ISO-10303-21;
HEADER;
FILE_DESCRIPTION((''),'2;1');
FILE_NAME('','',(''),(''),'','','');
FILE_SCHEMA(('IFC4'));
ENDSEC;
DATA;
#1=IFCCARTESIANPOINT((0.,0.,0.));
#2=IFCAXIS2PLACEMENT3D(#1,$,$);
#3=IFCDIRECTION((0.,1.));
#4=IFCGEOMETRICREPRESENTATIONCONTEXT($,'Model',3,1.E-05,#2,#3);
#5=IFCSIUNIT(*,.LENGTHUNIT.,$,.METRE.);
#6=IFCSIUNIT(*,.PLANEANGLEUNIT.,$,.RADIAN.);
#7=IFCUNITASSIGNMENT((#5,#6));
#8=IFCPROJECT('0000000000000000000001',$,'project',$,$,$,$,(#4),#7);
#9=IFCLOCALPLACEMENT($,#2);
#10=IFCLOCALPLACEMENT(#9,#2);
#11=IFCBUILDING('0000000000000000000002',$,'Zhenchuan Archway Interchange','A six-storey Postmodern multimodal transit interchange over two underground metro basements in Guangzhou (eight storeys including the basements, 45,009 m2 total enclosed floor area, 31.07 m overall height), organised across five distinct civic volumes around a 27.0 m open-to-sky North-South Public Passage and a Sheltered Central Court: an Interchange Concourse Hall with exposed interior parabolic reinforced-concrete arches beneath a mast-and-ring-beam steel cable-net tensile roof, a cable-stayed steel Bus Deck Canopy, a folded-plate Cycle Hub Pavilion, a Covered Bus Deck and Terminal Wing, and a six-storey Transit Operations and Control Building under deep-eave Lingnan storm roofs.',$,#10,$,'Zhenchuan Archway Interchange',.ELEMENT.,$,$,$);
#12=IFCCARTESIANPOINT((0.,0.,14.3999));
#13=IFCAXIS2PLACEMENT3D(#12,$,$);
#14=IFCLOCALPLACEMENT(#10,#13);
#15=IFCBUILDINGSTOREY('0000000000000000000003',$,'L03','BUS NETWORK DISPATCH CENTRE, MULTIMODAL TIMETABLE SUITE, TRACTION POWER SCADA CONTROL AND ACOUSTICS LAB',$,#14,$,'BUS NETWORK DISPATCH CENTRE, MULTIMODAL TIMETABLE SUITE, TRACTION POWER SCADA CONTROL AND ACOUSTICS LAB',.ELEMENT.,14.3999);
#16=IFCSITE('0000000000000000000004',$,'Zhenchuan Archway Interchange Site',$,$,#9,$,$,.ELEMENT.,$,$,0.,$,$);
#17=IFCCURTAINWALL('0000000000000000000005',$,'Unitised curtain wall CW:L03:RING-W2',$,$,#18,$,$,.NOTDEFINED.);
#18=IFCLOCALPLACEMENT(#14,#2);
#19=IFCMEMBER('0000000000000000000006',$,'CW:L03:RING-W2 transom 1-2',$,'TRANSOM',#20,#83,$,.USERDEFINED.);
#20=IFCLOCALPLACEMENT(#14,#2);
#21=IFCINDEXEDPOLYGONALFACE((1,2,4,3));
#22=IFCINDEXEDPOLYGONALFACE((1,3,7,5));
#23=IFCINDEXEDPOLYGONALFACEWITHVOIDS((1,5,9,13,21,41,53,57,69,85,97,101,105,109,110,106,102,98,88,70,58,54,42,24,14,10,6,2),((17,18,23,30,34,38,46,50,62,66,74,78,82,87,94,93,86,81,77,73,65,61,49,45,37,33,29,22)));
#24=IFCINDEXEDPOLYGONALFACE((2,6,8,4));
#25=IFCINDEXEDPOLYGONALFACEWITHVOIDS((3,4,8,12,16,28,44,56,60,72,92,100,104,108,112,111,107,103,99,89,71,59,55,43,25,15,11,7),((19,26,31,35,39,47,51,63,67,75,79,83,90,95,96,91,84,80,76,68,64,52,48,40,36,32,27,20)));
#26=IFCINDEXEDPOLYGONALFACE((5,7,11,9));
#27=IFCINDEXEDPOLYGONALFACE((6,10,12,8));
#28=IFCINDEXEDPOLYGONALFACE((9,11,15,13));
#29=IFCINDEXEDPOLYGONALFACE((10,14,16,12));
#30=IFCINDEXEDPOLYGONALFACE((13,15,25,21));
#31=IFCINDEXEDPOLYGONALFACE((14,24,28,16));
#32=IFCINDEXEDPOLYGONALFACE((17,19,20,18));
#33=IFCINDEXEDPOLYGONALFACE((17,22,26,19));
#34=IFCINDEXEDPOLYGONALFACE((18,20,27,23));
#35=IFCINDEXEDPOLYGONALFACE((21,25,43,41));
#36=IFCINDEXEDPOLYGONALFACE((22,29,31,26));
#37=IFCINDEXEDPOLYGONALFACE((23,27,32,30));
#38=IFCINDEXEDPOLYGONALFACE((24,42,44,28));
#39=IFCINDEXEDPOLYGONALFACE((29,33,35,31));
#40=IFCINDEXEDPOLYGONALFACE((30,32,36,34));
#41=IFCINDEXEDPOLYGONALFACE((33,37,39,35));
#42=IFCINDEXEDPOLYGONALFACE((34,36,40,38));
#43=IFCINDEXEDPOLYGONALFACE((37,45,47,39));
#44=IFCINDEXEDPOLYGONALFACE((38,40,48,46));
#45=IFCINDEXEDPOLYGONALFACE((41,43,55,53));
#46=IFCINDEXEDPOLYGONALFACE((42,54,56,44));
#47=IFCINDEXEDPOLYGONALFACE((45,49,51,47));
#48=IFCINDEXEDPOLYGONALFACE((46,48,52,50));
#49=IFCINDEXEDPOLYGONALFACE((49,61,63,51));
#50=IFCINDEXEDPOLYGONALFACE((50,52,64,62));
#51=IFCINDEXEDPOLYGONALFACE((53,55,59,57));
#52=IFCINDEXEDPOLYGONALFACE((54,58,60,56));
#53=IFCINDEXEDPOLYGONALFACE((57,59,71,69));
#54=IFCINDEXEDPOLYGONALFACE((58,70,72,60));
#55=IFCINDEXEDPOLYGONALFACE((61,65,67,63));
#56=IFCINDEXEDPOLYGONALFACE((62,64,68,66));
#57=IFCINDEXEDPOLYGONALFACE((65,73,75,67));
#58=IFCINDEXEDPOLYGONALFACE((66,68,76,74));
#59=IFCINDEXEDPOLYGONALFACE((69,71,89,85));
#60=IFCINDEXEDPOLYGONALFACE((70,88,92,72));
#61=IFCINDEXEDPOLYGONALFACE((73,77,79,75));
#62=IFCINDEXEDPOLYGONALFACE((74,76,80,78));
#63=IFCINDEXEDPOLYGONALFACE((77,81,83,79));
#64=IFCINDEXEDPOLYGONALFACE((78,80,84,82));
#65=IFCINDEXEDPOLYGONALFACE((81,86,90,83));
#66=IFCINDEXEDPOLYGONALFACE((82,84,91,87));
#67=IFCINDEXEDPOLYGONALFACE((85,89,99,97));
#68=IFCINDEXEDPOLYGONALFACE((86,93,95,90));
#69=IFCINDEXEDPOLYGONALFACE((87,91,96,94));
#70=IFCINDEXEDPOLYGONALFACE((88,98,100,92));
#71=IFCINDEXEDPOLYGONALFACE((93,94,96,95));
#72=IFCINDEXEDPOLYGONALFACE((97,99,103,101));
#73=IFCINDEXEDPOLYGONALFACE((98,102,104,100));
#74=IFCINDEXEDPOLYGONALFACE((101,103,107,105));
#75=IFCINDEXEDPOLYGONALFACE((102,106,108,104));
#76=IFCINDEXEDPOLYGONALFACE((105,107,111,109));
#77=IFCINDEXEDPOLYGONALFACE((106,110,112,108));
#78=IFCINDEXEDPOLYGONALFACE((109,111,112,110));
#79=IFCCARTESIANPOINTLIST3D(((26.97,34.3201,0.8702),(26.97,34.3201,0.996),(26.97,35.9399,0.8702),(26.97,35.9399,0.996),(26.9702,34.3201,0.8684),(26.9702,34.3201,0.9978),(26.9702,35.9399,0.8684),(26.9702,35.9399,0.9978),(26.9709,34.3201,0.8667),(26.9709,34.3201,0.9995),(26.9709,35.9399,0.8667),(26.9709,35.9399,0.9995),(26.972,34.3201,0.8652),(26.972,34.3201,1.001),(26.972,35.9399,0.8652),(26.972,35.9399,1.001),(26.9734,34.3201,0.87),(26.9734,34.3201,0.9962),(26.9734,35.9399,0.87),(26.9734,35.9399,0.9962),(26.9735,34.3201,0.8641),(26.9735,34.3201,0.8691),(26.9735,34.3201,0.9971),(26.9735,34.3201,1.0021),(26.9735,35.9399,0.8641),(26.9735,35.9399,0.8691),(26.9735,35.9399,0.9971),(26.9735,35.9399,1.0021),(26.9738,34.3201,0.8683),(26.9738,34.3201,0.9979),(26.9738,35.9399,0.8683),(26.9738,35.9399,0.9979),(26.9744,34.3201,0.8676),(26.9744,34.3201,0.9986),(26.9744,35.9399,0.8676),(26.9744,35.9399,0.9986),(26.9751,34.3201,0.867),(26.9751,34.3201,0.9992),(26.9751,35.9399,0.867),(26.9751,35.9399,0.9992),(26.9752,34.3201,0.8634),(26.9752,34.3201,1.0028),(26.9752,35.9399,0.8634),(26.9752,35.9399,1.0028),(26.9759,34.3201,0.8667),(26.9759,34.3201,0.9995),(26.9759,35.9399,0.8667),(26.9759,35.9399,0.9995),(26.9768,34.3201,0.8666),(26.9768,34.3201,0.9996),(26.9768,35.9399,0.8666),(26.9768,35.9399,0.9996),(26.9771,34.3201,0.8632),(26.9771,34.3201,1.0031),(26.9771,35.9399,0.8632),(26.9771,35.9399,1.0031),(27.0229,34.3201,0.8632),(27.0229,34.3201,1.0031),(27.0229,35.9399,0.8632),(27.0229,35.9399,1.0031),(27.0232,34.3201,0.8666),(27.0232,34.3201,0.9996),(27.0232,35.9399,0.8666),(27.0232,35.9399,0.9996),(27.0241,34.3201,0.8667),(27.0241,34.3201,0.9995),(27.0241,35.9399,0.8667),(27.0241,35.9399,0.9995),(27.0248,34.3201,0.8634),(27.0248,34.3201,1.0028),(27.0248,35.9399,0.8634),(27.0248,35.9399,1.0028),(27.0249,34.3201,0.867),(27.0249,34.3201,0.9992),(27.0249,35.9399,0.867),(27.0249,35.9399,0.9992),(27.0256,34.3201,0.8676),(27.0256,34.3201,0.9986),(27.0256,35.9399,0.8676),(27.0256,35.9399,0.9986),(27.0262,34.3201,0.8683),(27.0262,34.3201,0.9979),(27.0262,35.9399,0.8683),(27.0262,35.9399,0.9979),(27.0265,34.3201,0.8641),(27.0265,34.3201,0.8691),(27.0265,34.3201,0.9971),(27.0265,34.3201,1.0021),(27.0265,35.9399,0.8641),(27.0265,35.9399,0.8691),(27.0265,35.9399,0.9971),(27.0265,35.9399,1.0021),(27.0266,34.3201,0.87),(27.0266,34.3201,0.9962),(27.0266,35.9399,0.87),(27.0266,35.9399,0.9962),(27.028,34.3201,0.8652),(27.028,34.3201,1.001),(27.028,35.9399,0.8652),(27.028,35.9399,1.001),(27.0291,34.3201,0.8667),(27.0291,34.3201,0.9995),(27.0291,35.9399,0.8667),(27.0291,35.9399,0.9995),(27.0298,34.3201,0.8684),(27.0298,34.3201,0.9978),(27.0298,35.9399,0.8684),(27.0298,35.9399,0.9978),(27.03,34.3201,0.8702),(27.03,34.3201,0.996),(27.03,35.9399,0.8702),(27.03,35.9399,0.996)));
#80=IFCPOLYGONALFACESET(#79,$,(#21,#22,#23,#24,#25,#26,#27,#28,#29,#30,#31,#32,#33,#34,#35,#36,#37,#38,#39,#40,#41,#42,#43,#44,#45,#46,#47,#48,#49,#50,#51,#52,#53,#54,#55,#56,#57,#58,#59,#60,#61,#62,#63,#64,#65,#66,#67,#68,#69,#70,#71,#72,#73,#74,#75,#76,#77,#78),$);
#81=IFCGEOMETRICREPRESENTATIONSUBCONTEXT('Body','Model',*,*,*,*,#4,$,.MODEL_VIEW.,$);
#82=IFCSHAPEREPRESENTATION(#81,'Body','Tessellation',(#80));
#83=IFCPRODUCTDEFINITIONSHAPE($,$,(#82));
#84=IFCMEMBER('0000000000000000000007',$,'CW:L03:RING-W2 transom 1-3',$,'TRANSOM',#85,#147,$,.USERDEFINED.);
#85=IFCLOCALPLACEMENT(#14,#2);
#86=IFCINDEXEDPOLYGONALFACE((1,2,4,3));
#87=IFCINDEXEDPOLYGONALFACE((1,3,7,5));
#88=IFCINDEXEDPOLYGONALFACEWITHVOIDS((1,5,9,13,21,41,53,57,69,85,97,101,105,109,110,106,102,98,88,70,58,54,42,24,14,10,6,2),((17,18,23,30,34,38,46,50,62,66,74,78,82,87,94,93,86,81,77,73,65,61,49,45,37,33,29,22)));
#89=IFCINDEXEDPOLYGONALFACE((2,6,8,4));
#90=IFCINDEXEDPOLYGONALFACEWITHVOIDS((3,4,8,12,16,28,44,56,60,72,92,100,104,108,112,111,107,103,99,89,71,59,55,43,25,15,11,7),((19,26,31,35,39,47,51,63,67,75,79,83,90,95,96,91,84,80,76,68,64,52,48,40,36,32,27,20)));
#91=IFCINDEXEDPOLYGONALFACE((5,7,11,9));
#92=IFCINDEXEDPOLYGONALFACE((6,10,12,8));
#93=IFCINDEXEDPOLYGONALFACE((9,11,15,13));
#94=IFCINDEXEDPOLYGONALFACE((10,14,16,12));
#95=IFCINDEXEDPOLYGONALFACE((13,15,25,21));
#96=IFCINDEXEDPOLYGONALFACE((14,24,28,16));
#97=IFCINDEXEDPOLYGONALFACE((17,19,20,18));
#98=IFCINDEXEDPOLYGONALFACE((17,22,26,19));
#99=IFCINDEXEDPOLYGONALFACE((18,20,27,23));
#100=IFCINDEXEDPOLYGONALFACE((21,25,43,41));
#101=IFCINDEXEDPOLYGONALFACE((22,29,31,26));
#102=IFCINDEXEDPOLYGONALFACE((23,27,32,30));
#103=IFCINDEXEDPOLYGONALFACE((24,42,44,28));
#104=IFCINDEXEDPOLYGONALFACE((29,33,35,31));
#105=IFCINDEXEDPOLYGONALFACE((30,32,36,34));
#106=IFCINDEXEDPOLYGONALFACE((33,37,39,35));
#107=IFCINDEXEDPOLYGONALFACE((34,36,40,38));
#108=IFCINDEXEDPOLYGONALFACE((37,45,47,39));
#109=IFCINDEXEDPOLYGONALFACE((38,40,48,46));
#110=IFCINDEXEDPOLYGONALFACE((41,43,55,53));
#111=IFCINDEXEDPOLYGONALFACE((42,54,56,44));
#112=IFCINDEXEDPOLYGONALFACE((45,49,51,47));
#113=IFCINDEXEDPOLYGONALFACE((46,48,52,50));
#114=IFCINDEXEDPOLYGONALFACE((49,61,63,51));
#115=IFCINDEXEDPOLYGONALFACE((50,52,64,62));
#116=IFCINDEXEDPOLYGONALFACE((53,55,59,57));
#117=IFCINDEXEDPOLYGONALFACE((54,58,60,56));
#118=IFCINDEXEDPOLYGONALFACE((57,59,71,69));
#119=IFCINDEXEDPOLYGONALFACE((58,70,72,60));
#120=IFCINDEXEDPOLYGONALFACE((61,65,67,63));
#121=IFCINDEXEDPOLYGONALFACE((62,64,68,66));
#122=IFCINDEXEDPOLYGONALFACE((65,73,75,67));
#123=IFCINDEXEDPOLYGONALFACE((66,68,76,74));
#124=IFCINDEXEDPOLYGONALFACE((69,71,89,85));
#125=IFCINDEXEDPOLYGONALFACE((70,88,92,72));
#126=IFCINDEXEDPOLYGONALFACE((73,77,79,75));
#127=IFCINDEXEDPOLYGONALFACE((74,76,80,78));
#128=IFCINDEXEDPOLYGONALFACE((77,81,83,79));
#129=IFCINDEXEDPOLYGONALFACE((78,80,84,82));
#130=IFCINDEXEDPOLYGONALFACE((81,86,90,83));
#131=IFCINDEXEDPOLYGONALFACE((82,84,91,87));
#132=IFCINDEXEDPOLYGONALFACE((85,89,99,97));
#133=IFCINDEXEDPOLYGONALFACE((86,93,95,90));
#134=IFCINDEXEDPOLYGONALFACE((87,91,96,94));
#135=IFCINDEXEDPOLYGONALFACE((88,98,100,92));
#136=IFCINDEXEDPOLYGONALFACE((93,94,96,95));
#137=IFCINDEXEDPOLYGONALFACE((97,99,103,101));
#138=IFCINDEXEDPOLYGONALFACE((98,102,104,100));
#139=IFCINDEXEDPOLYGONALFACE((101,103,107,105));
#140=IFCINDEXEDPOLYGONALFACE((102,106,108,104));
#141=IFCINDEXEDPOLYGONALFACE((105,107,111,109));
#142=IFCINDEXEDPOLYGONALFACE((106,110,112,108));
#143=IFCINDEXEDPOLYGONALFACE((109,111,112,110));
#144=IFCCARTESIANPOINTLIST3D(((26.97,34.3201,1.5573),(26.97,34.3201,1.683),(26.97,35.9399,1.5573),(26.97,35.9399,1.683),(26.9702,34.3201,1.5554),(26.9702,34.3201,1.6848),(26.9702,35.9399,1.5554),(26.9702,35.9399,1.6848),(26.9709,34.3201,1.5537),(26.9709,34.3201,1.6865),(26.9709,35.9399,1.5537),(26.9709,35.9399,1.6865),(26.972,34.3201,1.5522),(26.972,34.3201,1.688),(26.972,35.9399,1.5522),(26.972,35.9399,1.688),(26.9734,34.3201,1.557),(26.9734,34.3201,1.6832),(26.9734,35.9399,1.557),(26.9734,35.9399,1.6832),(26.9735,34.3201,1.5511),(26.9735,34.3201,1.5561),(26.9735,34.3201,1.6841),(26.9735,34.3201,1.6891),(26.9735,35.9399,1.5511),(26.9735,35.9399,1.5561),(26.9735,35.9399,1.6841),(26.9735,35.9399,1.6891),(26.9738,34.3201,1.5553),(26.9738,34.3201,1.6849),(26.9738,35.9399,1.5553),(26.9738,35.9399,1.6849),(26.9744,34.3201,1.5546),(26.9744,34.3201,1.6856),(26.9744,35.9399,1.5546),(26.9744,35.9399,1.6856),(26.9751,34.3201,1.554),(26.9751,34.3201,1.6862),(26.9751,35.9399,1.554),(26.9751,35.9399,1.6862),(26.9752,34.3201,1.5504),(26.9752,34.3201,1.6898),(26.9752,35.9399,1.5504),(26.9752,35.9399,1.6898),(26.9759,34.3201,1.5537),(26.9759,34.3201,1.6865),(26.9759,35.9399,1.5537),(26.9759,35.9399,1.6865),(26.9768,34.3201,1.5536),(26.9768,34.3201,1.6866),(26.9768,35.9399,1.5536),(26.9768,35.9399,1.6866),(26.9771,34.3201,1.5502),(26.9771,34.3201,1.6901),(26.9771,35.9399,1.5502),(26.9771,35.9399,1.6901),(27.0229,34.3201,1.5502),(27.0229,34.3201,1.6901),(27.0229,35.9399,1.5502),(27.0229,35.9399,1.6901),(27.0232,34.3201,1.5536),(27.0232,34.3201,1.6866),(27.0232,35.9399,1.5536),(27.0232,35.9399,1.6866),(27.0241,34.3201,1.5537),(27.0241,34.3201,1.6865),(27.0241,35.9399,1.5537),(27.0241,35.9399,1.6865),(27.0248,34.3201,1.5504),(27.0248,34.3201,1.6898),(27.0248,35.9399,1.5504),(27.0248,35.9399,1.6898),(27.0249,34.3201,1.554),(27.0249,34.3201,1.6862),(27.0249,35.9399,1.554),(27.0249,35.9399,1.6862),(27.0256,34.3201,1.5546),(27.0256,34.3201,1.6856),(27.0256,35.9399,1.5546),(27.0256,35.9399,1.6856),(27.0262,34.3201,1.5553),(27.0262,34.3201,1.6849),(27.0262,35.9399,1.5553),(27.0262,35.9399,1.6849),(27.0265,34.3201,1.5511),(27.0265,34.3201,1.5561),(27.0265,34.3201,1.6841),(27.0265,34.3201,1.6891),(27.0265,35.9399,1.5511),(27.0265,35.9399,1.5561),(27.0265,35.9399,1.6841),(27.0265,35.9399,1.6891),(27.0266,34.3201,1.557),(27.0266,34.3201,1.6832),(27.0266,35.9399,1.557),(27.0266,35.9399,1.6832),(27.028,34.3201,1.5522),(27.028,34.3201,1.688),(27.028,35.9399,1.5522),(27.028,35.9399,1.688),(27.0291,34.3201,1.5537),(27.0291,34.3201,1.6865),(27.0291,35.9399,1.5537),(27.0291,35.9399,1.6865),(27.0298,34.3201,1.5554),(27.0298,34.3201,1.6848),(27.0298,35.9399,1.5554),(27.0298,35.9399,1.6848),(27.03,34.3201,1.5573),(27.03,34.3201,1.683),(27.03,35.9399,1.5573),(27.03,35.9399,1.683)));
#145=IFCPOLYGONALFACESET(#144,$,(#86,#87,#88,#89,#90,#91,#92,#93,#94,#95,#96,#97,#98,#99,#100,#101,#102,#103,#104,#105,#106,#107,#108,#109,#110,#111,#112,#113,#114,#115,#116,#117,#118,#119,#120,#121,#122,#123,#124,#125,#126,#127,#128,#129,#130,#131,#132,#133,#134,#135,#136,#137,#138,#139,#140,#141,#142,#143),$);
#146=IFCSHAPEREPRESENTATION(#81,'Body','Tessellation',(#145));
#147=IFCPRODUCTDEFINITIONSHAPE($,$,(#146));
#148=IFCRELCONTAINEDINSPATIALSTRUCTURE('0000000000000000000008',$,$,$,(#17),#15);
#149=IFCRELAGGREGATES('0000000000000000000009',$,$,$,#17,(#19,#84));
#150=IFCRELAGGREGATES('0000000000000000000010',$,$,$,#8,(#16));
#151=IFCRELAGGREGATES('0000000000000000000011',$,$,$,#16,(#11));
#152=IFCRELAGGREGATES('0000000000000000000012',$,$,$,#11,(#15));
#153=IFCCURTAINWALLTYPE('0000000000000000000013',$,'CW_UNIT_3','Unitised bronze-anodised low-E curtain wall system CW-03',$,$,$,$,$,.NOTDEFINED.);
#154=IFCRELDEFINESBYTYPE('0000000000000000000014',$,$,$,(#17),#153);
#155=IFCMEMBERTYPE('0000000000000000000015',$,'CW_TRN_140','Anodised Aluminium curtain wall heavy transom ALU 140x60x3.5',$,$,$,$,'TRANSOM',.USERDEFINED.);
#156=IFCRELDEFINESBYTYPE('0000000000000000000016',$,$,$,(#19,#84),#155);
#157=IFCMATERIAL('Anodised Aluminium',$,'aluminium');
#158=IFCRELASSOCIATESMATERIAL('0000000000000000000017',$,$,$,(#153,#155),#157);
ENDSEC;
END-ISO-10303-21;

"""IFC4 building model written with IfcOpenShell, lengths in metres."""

from ifc_helpers import new_model, si_unit, direction, frame, origin, origin_2d, place, context, subcontext, project, spatial, hollow_rectangle, extrude, material, material_profile, profile_set, type_object, element, aggregate, save


model = new_model("IFC4")

# Units and contexts
model_context = context("Model", 3, precision=1e-05, world=origin(), true_north=direction((0.0, 1.0)))
body_context = subcontext(model_context, "Body", "Model", "MODEL_VIEW")
ifc_project = project(units=[si_unit("LENGTHUNIT", "METRE"), si_unit("PLANEANGLEUNIT", "RADIAN")], contexts=[model_context])

# Site, building, storey
site_placement = place(None, origin())
site = spatial("IfcSite", under=ifc_project, at=site_placement, Name="Zhenchuan Archway Interchange Site", CompositionType="ELEMENT", RefElevation=0.0)
building_placement = place(site_placement, origin())
building = spatial("IfcBuilding", under=site, at=building_placement, Name="Zhenchuan Archway Interchange", Description="A six-storey Postmodern multimodal transit interchange over two underground metro basements in Guangzhou (eight storeys including the basements, 45,009 m2 total enclosed floor area, 31.07 m overall height), organised across five distinct civic volumes around a 27.0 m open-to-sky North-South Public Passage and a Sheltered Central Court: an Interchange Concourse Hall with exposed interior parabolic reinforced-concrete arches beneath a mast-and-ring-beam steel cable-net tensile roof, a cable-stayed steel Bus Deck Canopy, a folded-plate Cycle Hub Pavilion, a Covered Bus Deck and Terminal Wing, and a six-storey Transit Operations and Control Building under deep-eave Lingnan storm roofs.", LongName="Zhenchuan Archway Interchange", CompositionType="ELEMENT")
storey_placement = place(building_placement, frame((0.0, 0.0, 14.3999)))
storey = spatial("IfcBuildingStorey", under=building, at=storey_placement, Name="L03", Description="BUS NETWORK DISPATCH CENTRE, MULTIMODAL TIMETABLE SUITE, TRACTION POWER SCADA CONTROL AND ACOUSTICS LAB", LongName="BUS NETWORK DISPATCH CENTRE, MULTIMODAL TIMETABLE SUITE, TRACTION POWER SCADA CONTROL AND ACOUSTICS LAB", CompositionType="ELEMENT", Elevation=14.3999)

# Curtain wall
ifc_material_1 = material(Name="Anodised Aluminium", Category="aluminium")
curtain_wall_type = type_object("IfcCurtainWallType", Name="CW_UNIT_3", Description="Unitised bronze-anodised low-E curtain wall system CW-03", PredefinedType="NOTDEFINED", material=ifc_material_1)
curtain_wall_1_placement = place(storey_placement, origin())
curtain_wall_1 = element("IfcCurtainWall", 1, at=curtain_wall_1_placement, inside=storey, type_object=curtain_wall_type, Name="Unitised curtain wall CW:L03:RING-W2", PredefinedType="NOTDEFINED")

# Members
ifc_material_profile_1 = material_profile(ifc_material_1, hollow_rectangle(XDim=0.0601, YDim=0.1399, WallThickness=0.0034, InnerFilletRadius=0.0034, OuterFilletRadius=0.0071, at=origin_2d()), Name="ALU 140x60x3.5")
ifc_profile_set_1 = profile_set([ifc_material_profile_1], Name="Anodised Aluminium")
member_type_1 = type_object("IfcMemberType", Name="CW_TRN_140", Description="Anodised Aluminium curtain wall heavy transom ALU 140x60x3.5", ElementType="TRANSOM", PredefinedType="USERDEFINED", material=ifc_profile_set_1)
member_1_placement = place(storey_placement, frame((27.0, 34.3201, 0.9331), z_axis=(0.0, 1.0, 0.0), x_axis=(-1.0, 0.0, 0.0)))
member_1 = element("IfcMember", 2, at=member_1_placement, type_object=member_type_1, Name="CW:L03:RING-W2 transom 1-2", ObjectType="TRANSOM", PredefinedType="USERDEFINED", context=body_context, shape_type="SweptSolid", body=[
    extrude(hollow_rectangle(XDim=0.0601, YDim=0.1399, WallThickness=0.0034, InnerFilletRadius=0.0034, OuterFilletRadius=0.0071, at=origin_2d()), origin(), (0.0, 0.0, 1.0), 1.6199),
])
member_2_placement = place(storey_placement, frame((27.0, 34.3201, 1.6201), z_axis=(0.0, 1.0, 0.0), x_axis=(-1.0, 0.0, 0.0)))
member_2 = element("IfcMember", 3, at=member_2_placement, type_object=member_type_1, Name="CW:L03:RING-W2 transom 1-3", ObjectType="TRANSOM", PredefinedType="USERDEFINED", context=body_context, shape_type="SweptSolid", body=[
    extrude(hollow_rectangle(XDim=0.0601, YDim=0.1399, WallThickness=0.0034, InnerFilletRadius=0.0034, OuterFilletRadius=0.0071, at=origin_2d()), origin(), (0.0, 0.0, 1.0), 1.6199),
])

aggregate(curtain_wall_1, [member_1, member_2])

save(model, "model.ifc")
